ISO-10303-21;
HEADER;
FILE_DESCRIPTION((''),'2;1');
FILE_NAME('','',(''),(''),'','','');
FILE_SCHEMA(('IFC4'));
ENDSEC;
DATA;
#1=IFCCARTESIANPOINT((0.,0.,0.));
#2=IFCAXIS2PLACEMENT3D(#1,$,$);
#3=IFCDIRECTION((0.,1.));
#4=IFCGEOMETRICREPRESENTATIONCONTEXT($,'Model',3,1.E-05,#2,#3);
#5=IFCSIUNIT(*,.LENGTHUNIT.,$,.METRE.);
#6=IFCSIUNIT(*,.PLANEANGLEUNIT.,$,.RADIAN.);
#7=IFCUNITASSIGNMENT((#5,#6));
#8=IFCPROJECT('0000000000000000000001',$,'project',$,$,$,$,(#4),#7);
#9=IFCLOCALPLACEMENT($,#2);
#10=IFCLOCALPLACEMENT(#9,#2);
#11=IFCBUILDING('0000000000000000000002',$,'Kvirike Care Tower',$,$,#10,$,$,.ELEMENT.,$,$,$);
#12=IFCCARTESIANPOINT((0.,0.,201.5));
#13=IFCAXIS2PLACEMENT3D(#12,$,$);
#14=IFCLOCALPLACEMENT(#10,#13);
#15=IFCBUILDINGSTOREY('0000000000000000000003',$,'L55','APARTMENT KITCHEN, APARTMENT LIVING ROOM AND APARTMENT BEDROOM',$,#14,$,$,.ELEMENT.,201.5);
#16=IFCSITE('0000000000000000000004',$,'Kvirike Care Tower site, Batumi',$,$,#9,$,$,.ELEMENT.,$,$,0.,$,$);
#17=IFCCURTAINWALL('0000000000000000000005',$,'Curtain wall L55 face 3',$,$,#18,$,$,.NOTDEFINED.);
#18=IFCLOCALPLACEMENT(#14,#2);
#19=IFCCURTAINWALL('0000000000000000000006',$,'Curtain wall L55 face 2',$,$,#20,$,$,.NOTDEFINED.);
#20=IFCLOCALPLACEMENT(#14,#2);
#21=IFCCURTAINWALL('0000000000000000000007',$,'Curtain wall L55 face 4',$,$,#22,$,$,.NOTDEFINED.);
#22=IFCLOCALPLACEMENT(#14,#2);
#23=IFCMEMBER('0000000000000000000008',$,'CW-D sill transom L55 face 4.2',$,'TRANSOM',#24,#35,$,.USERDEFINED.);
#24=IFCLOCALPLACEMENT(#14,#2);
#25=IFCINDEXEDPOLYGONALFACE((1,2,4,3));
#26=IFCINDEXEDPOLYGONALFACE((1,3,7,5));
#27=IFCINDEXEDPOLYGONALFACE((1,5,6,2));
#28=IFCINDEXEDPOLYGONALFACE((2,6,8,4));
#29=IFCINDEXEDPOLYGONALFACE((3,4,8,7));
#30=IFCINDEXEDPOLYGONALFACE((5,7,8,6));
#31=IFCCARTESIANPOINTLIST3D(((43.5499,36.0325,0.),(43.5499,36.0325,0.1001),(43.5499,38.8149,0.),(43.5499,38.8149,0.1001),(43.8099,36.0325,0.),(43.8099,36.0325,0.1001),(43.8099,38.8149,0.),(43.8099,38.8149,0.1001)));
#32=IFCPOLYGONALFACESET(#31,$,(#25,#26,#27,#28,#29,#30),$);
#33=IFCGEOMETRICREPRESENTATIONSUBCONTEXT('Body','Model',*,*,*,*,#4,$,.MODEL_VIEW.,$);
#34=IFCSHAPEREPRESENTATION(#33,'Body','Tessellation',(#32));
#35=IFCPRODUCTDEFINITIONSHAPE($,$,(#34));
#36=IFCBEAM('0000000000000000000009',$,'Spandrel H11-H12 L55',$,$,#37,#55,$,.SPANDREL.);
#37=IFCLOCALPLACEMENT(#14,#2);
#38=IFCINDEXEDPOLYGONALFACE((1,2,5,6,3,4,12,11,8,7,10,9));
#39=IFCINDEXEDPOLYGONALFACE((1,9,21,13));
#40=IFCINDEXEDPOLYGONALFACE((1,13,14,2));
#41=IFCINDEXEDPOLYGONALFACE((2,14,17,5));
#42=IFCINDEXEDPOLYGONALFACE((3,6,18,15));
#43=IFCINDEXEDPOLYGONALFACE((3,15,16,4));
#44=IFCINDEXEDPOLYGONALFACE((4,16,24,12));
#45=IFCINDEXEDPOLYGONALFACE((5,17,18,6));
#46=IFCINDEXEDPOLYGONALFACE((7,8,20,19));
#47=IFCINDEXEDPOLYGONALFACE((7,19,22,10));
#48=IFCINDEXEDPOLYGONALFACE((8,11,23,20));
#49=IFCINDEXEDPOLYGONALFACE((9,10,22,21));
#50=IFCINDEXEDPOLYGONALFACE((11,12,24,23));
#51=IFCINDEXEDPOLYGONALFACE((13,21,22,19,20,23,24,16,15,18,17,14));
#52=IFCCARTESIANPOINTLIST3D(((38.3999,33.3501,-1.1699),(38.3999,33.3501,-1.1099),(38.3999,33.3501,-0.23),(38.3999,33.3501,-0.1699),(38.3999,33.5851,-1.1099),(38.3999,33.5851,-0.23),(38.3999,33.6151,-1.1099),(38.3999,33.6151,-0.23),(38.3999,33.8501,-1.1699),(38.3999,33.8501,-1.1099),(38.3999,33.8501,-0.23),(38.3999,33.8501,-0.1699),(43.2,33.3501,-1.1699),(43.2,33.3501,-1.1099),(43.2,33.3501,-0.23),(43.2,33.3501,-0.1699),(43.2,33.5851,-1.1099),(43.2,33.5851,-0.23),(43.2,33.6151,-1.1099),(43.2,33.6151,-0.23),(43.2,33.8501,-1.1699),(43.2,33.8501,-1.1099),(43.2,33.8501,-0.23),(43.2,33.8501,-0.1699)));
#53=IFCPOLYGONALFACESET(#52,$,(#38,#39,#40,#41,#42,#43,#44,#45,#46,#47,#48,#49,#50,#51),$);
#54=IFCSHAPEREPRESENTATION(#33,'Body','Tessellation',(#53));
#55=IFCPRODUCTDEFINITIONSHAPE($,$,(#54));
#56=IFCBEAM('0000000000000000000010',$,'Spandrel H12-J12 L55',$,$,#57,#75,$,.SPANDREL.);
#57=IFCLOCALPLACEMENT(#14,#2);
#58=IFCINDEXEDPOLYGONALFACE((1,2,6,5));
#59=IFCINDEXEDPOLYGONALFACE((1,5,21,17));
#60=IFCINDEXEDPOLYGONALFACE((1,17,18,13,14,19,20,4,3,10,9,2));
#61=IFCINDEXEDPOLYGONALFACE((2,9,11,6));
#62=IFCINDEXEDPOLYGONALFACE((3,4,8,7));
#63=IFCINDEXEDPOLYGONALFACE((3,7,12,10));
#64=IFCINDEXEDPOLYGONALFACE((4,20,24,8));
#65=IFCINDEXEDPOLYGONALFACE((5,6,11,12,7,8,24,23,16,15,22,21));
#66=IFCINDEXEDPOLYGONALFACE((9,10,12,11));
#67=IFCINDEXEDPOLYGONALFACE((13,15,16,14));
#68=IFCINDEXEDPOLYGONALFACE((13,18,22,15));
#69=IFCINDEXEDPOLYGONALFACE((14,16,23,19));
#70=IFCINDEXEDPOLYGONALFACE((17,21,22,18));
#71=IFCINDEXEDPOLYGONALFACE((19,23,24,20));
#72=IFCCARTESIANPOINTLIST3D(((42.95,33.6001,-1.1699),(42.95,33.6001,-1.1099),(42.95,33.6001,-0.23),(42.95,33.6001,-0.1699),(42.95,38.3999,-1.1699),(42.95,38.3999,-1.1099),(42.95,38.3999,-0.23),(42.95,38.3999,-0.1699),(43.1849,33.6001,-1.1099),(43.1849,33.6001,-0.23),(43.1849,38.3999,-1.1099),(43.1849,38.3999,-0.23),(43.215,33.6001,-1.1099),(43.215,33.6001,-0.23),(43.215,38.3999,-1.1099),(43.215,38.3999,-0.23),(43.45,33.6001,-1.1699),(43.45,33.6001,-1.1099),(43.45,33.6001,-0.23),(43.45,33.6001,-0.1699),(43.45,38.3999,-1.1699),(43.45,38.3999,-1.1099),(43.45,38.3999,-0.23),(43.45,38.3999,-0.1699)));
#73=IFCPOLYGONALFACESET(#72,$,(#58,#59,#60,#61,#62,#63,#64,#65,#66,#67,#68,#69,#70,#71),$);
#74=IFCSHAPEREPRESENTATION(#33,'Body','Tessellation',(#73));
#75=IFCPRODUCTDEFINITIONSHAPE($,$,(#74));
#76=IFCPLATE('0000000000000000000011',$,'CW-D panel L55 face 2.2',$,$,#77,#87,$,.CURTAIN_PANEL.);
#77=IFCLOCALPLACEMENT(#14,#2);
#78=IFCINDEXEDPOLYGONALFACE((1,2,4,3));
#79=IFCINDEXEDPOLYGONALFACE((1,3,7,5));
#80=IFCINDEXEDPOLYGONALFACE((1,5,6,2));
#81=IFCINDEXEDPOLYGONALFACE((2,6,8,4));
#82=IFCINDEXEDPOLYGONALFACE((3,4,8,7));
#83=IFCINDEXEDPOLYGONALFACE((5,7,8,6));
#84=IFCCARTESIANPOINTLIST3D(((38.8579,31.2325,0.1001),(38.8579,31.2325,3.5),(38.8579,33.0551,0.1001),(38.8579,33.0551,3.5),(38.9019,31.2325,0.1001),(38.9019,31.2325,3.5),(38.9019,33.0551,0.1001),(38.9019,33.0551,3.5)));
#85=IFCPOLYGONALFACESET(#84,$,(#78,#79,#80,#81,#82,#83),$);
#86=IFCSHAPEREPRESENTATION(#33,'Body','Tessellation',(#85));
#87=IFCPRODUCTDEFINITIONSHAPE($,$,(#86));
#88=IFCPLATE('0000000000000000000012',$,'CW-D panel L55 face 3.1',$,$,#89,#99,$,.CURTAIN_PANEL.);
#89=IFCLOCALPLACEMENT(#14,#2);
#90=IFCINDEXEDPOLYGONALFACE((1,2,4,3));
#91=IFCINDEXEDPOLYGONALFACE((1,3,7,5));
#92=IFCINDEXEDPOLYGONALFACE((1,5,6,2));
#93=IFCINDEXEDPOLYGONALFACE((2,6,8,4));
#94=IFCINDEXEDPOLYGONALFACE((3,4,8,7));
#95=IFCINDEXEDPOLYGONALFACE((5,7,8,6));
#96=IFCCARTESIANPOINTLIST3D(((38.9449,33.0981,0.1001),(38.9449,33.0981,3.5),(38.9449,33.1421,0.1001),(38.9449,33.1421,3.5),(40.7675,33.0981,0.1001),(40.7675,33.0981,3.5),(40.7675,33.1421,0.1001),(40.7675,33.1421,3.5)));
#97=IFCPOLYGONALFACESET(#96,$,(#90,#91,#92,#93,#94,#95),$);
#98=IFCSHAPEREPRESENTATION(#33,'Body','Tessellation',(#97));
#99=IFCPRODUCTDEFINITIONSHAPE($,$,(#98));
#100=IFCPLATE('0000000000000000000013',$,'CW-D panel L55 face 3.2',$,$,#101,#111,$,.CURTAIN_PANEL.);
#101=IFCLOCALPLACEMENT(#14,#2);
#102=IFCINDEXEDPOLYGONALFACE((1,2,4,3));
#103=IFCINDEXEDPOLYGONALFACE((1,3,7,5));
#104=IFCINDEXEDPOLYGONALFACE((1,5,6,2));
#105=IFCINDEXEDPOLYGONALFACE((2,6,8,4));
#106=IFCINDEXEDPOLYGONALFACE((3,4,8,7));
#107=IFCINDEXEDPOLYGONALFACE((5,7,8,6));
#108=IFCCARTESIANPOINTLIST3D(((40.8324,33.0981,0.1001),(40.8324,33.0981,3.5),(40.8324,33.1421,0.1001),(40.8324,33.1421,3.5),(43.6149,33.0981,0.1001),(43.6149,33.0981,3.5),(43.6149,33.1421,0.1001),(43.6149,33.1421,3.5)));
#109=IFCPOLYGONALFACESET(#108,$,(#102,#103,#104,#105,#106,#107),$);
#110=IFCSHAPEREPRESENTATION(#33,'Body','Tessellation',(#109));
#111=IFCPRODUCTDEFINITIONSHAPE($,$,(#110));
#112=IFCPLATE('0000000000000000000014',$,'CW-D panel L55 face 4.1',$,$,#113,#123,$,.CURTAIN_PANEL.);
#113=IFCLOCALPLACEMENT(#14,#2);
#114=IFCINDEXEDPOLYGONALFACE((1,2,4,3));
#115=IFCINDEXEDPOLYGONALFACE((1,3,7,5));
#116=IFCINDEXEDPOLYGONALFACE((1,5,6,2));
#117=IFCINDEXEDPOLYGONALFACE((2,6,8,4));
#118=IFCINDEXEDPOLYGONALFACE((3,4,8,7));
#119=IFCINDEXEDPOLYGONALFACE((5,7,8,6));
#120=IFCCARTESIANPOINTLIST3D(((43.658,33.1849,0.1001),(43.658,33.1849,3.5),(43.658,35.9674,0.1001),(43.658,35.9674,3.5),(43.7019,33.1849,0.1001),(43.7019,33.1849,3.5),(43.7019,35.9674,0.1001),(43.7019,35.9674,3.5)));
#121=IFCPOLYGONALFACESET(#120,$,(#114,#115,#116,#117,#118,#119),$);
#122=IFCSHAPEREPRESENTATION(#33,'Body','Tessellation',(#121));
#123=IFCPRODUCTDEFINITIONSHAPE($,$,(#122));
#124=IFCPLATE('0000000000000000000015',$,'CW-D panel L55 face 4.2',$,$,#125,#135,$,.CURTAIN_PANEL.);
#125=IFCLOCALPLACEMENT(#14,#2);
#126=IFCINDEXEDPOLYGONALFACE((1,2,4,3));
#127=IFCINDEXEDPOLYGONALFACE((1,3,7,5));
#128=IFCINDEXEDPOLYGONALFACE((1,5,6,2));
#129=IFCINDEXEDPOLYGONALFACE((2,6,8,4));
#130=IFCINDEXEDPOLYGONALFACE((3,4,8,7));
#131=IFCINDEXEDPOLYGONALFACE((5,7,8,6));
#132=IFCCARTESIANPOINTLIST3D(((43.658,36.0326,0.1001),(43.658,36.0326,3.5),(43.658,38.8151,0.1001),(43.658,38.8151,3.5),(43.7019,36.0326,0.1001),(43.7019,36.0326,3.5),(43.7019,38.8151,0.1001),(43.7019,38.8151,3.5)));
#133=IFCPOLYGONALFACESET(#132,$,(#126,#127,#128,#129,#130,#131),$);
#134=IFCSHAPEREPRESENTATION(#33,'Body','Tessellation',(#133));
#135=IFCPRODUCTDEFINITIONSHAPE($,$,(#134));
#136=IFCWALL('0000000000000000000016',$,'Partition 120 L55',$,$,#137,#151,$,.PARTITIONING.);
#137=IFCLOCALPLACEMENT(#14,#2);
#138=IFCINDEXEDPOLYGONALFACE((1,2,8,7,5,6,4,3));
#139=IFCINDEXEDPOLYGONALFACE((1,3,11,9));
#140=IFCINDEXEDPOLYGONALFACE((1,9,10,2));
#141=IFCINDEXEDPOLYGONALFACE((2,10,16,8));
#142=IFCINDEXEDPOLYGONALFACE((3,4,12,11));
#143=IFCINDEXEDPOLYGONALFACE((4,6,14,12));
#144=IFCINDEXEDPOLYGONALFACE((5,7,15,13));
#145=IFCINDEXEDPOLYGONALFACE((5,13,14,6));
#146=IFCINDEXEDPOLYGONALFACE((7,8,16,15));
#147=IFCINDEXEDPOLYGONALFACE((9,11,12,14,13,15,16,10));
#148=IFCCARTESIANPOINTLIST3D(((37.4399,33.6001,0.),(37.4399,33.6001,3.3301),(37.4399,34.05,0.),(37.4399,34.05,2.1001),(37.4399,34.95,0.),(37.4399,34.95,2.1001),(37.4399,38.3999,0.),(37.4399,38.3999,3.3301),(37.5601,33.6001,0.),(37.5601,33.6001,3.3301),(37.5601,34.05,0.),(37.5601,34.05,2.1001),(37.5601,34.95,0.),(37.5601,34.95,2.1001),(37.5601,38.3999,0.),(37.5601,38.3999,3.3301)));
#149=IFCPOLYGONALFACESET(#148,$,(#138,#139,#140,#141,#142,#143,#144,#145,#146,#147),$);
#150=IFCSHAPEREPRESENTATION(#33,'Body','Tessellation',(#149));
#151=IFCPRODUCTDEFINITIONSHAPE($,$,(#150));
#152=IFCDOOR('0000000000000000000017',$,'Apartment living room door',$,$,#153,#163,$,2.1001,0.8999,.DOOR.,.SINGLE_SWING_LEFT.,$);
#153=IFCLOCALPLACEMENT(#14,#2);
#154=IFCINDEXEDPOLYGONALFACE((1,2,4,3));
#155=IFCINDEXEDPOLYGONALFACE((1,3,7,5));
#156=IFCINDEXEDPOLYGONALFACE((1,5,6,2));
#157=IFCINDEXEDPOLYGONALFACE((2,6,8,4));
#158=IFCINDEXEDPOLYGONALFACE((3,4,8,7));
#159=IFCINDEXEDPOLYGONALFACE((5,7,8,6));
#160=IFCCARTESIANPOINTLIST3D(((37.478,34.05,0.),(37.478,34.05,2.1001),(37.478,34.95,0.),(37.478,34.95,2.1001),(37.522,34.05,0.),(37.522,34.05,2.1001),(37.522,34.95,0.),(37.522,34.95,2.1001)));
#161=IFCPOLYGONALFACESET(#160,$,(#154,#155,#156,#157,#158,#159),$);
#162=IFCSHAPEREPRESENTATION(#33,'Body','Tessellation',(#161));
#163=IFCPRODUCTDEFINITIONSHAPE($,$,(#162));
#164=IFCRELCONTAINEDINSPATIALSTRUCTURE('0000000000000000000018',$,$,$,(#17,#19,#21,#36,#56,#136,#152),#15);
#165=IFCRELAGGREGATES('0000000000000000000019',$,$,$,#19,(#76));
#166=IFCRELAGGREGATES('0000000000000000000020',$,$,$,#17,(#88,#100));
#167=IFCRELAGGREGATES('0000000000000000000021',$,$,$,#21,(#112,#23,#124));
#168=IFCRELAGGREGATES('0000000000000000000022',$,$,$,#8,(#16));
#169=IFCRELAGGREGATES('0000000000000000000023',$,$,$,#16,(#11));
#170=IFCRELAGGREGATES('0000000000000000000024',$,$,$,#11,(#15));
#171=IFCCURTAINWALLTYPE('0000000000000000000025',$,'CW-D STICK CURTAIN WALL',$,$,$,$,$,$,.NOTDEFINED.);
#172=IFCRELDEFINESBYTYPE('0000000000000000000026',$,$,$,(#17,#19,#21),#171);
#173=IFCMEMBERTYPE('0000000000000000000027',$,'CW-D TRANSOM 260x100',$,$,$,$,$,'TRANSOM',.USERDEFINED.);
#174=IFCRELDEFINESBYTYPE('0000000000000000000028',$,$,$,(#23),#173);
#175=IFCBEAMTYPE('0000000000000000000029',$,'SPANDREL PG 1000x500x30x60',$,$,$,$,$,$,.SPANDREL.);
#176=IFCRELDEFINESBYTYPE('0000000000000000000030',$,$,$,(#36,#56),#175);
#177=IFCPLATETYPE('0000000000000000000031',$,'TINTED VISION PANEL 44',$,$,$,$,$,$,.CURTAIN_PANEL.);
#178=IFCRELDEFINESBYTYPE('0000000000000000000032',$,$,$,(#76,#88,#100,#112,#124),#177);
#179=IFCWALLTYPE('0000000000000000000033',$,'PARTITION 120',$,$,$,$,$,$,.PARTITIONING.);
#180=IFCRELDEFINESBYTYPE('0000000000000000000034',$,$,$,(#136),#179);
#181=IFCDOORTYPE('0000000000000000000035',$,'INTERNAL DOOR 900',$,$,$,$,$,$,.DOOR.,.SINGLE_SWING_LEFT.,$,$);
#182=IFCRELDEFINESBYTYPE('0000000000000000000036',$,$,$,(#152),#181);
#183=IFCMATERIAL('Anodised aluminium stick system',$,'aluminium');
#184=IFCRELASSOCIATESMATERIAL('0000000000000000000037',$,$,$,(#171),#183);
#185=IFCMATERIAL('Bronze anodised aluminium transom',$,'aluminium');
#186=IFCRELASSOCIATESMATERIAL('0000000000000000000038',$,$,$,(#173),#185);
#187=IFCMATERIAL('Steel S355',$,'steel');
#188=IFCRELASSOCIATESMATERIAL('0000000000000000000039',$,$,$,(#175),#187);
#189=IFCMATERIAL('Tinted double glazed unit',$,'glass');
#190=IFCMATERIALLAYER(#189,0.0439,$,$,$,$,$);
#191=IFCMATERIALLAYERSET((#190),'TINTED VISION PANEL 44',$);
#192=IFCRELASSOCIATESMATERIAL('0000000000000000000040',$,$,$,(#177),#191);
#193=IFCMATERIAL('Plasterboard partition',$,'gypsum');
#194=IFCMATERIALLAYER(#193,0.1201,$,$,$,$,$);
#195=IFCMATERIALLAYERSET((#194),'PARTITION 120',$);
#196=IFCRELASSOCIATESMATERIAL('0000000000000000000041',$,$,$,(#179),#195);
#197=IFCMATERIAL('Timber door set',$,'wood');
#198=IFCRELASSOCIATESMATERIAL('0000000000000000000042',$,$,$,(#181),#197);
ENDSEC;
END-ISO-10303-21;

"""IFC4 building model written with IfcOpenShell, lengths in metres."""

from ifc_helpers import new_model, si_unit, direction, frame, frame_2d, origin, origin_2d, place, context, subcontext, project, spatial, rectangle, i_section, extrude, material, layer, layer_set, material_profile, profile_set, type_object, element, fill, aggregate, save


model = new_model("IFC4")

# Units and contexts
model_context = context("Model", 3, precision=1e-05, world=origin(), true_north=direction((0.0, 1.0)))
body_context = subcontext(model_context, "Body", "Model", "MODEL_VIEW")
ifc_project = project(units=[si_unit("LENGTHUNIT", "METRE"), si_unit("PLANEANGLEUNIT", "RADIAN")], contexts=[model_context])

# Site, building, storey
site_placement = place(None, origin())
site = spatial("IfcSite", under=ifc_project, at=site_placement, Name="Kvirike Care Tower site, Batumi", CompositionType="ELEMENT", RefElevation=0.0)
building_placement = place(site_placement, origin())
building = spatial("IfcBuilding", under=site, at=building_placement, Name="Kvirike Care Tower", CompositionType="ELEMENT")
storey_placement = place(building_placement, frame((0.0, 0.0, 201.5)))
storey = spatial("IfcBuildingStorey", under=building, at=storey_placement, Name="L55", Description="APARTMENT KITCHEN, APARTMENT LIVING ROOM AND APARTMENT BEDROOM", CompositionType="ELEMENT", Elevation=201.5)

# Curtain walls
ifc_material_1 = material(Name="Anodised aluminium stick system", Category="aluminium")
curtain_wall_type = type_object("IfcCurtainWallType", Name="CW-D STICK CURTAIN WALL", PredefinedType="NOTDEFINED", material=ifc_material_1)
curtain_wall_1_placement = place(storey_placement, origin())
curtain_wall_1 = element("IfcCurtainWall", 1, at=curtain_wall_1_placement, inside=storey, type_object=curtain_wall_type, Name="Curtain wall L55 face 3", PredefinedType="NOTDEFINED")
curtain_wall_2_placement = place(storey_placement, origin())
curtain_wall_2 = element("IfcCurtainWall", 2, at=curtain_wall_2_placement, inside=storey, type_object=curtain_wall_type, Name="Curtain wall L55 face 2", PredefinedType="NOTDEFINED")

# Curtain wall
curtain_wall_3_placement = place(storey_placement, origin())
curtain_wall_3 = element("IfcCurtainWall", 3, at=curtain_wall_3_placement, inside=storey, type_object=curtain_wall_type, Name="Curtain wall L55 face 4", PredefinedType="NOTDEFINED")

# Member
ifc_material_2 = material(Name="Bronze anodised aluminium transom", Category="aluminium")
ifc_material_profile_1 = material_profile(ifc_material_2, rectangle(XDim=0.26, YDim=0.1001, at=origin_2d()), Name="CW-D TRANSOM 260x100")
ifc_profile_set_1 = profile_set([ifc_material_profile_1], Name="Bronze anodised aluminium transom")
member_type_1 = type_object("IfcMemberType", Name="CW-D TRANSOM 260x100", ElementType="TRANSOM", PredefinedType="USERDEFINED", material=ifc_profile_set_1)
member_1_placement = place(storey_placement, frame((43.6799, 36.0325, 0.05), z_axis=(0.0, 1.0, 0.0), x_axis=(-1.0, 0.0, 0.0)))
member_1 = element("IfcMember", 4, at=member_1_placement, type_object=member_type_1, Name="CW-D sill transom L55 face 4.2", ObjectType="TRANSOM", PredefinedType="USERDEFINED", context=body_context, shape_type="SweptSolid", body=[
    extrude(rectangle(XDim=0.26, YDim=0.1001, at=origin_2d()), origin(), (0.0, 0.0, 1.0), 2.7825),
])

# Beams
ifc_material_3 = material(Name="Steel S355", Category="steel")
ifc_material_profile_2 = material_profile(ifc_material_3, i_section(OverallWidth=0.5, OverallDepth=1.0, WebThickness=0.03, FlangeThickness=0.0601, at=origin_2d()), Name="PG 1000x500x30x60")
ifc_profile_set_2 = profile_set([ifc_material_profile_2], Name="Steel S355")
beam_type = type_object("IfcBeamType", Name="SPANDREL PG 1000x500x30x60", PredefinedType="SPANDREL", material=ifc_profile_set_2)
beam_1_placement = place(storey_placement, frame((38.3999, 33.6001, -0.6699), z_axis=(1.0, 0.0, 0.0), x_axis=(0.0, 1.0, 0.0)))
element("IfcBeam", 5, at=beam_1_placement, inside=storey, type_object=beam_type, Name="Spandrel H11-H12 L55", PredefinedType="SPANDREL", context=body_context, shape_type="SweptSolid", body=[
    extrude(i_section(OverallWidth=0.5, OverallDepth=1.0, WebThickness=0.03, FlangeThickness=0.0601, at=origin_2d()), origin(), (0.0, 0.0, 1.0), 4.8),
])
beam_2_placement = place(storey_placement, frame((43.2, 33.6001, -0.6699), z_axis=(0.0, 1.0, 0.0), x_axis=(-1.0, 0.0, 0.0)))
element("IfcBeam", 6, at=beam_2_placement, inside=storey, type_object=beam_type, Name="Spandrel H12-J12 L55", PredefinedType="SPANDREL", context=body_context, shape_type="SweptSolid", body=[
    extrude(i_section(OverallWidth=0.5, OverallDepth=1.0, WebThickness=0.03, FlangeThickness=0.0601, at=origin_2d()), origin(), (0.0, 0.0, 1.0), 4.7998),
])

# Plates
ifc_material_4 = material(Name="Tinted double glazed unit", Category="glass")
ifc_layer_1 = layer(ifc_material_4, 0.0439)
ifc_layer_set_1 = layer_set([ifc_layer_1], Name="TINTED VISION PANEL 44")
plate_type = type_object("IfcPlateType", Name="TINTED VISION PANEL 44", PredefinedType="CURTAIN_PANEL", material=ifc_layer_set_1)
plate_1_placement = place(storey_placement, frame((38.8799, 32.1438, 0.1001), z_axis=(0.0, 0.0, 1.0), x_axis=(0.0, 1.0, 0.0)))
plate_1 = element("IfcPlate", 7, at=plate_1_placement, type_object=plate_type, Name="CW-D panel L55 face 2.2", PredefinedType="CURTAIN_PANEL", context=body_context, shape_type="SweptSolid", body=[
    extrude(rectangle(XDim=1.8225, YDim=0.0439, at=origin_2d()), origin(), (0.0, 0.0, 1.0), 3.3999),
])
aggregate(curtain_wall_2, [plate_1])
plate_2_placement = place(storey_placement, frame((39.8562, 33.1201, 0.1001), z_axis=(0.0, 0.0, 1.0), x_axis=(1.0, 0.0, 0.0)))
plate_2 = element("IfcPlate", 8, at=plate_2_placement, type_object=plate_type, Name="CW-D panel L55 face 3.1", PredefinedType="CURTAIN_PANEL", context=body_context, shape_type="SweptSolid", body=[
    extrude(rectangle(XDim=1.8225, YDim=0.0439, at=origin_2d()), origin(), (0.0, 0.0, 1.0), 3.3999),
])
plate_3_placement = place(storey_placement, frame((42.2236, 33.1201, 0.1001), z_axis=(0.0, 0.0, 1.0), x_axis=(1.0, 0.0, 0.0)))
plate_3 = element("IfcPlate", 9, at=plate_3_placement, type_object=plate_type, Name="CW-D panel L55 face 3.2", PredefinedType="CURTAIN_PANEL", context=body_context, shape_type="SweptSolid", body=[
    extrude(rectangle(XDim=2.7825, YDim=0.0439, at=origin_2d()), origin(), (0.0, 0.0, 1.0), 3.3999),
])
aggregate(curtain_wall_1, [plate_2, plate_3])
plate_4_placement = place(storey_placement, frame((43.6799, 34.5762, 0.1001), z_axis=(0.0, 0.0, 1.0), x_axis=(0.0, 1.0, 0.0)))
plate_4 = element("IfcPlate", 10, at=plate_4_placement, type_object=plate_type, Name="CW-D panel L55 face 4.1", PredefinedType="CURTAIN_PANEL", context=body_context, shape_type="SweptSolid", body=[
    extrude(rectangle(XDim=2.7825, YDim=0.0439, at=origin_2d()), origin(), (0.0, 0.0, 1.0), 3.3999),
])
plate_5_placement = place(storey_placement, frame((43.6799, 37.4238, 0.1001), z_axis=(0.0, 0.0, 1.0), x_axis=(0.0, 1.0, 0.0)))
plate_5 = element("IfcPlate", 11, at=plate_5_placement, type_object=plate_type, Name="CW-D panel L55 face 4.2", PredefinedType="CURTAIN_PANEL", context=body_context, shape_type="SweptSolid", body=[
    extrude(rectangle(XDim=2.7825, YDim=0.0439, at=origin_2d()), origin(), (0.0, 0.0, 1.0), 3.3999),
])
aggregate(curtain_wall_3, [plate_4, member_1, plate_5])

# Wall, opening, door
ifc_material_5 = material(Name="Plasterboard partition", Category="gypsum")
ifc_layer_2 = layer(ifc_material_5, 0.1201)
ifc_layer_set_2 = layer_set([ifc_layer_2], Name="PARTITION 120")
wall_type = type_object("IfcWallType", Name="PARTITION 120", PredefinedType="PARTITIONING", material=ifc_layer_set_2)
wall_1_placement = place(storey_placement, frame((37.5, 33.6001, 0.0), z_axis=(0.0, 0.0, 1.0), x_axis=(0.0, 1.0, 0.0)))
wall_1 = element("IfcWall", 12, at=wall_1_placement, inside=storey, type_object=wall_type, Name="Partition 120 L55", PredefinedType="PARTITIONING", context=body_context, shape_type="SweptSolid", body=[
    extrude(rectangle(XDim=4.7998, YDim=0.1201, at=frame_2d((2.3999, 0.0))), origin(), (0.0, 0.0, 1.0), 3.3301),
])
opening_1_placement = place(wall_1_placement, frame((0.45, 0.0, 0.0)))
opening_1 = element("IfcOpeningElement", 13, at=opening_1_placement, cuts=wall_1, PredefinedType="OPENING", context=body_context, shape_type="SweptSolid", body=[
    extrude(rectangle(XDim=0.8999, YDim=2.1001, at=frame_2d((0.45, 1.05))), frame((0.0, 0.0706, 0.0), z_axis=(0.0, -1.0, 0.0), x_axis=(1.0, 0.0, 0.0)), (0.0, 0.0, 1.0), 0.1411),
])
ifc_material_6 = material(Name="Timber door set", Category="wood")
door_type = type_object("IfcDoorType", Name="INTERNAL DOOR 900", OperationType="SINGLE_SWING_LEFT", PredefinedType="DOOR", material=ifc_material_6)
door_1_placement = place(opening_1_placement, frame((0.8999, 0.0, 0.0), z_axis=(0.0, 0.0, 1.0), x_axis=(-1.0, 0.0, 0.0)))
door_1 = element("IfcDoor", 14, at=door_1_placement, inside=storey, type_object=door_type, Name="Apartment living room door", OperationType="SINGLE_SWING_LEFT", OverallHeight=2.1001, OverallWidth=0.8999, PredefinedType="DOOR", context=body_context, shape_type="SweptSolid", body=[
    extrude(rectangle(XDim=0.8999, YDim=2.1001, at=frame_2d((0.45, 1.05))), frame((0.0, 0.022, 0.0), z_axis=(0.0, -1.0, 0.0), x_axis=(1.0, 0.0, 0.0)), (0.0, 0.0, 1.0), 0.0439),
])
fill(opening_1, door_1)

save(model, "model.ifc")
